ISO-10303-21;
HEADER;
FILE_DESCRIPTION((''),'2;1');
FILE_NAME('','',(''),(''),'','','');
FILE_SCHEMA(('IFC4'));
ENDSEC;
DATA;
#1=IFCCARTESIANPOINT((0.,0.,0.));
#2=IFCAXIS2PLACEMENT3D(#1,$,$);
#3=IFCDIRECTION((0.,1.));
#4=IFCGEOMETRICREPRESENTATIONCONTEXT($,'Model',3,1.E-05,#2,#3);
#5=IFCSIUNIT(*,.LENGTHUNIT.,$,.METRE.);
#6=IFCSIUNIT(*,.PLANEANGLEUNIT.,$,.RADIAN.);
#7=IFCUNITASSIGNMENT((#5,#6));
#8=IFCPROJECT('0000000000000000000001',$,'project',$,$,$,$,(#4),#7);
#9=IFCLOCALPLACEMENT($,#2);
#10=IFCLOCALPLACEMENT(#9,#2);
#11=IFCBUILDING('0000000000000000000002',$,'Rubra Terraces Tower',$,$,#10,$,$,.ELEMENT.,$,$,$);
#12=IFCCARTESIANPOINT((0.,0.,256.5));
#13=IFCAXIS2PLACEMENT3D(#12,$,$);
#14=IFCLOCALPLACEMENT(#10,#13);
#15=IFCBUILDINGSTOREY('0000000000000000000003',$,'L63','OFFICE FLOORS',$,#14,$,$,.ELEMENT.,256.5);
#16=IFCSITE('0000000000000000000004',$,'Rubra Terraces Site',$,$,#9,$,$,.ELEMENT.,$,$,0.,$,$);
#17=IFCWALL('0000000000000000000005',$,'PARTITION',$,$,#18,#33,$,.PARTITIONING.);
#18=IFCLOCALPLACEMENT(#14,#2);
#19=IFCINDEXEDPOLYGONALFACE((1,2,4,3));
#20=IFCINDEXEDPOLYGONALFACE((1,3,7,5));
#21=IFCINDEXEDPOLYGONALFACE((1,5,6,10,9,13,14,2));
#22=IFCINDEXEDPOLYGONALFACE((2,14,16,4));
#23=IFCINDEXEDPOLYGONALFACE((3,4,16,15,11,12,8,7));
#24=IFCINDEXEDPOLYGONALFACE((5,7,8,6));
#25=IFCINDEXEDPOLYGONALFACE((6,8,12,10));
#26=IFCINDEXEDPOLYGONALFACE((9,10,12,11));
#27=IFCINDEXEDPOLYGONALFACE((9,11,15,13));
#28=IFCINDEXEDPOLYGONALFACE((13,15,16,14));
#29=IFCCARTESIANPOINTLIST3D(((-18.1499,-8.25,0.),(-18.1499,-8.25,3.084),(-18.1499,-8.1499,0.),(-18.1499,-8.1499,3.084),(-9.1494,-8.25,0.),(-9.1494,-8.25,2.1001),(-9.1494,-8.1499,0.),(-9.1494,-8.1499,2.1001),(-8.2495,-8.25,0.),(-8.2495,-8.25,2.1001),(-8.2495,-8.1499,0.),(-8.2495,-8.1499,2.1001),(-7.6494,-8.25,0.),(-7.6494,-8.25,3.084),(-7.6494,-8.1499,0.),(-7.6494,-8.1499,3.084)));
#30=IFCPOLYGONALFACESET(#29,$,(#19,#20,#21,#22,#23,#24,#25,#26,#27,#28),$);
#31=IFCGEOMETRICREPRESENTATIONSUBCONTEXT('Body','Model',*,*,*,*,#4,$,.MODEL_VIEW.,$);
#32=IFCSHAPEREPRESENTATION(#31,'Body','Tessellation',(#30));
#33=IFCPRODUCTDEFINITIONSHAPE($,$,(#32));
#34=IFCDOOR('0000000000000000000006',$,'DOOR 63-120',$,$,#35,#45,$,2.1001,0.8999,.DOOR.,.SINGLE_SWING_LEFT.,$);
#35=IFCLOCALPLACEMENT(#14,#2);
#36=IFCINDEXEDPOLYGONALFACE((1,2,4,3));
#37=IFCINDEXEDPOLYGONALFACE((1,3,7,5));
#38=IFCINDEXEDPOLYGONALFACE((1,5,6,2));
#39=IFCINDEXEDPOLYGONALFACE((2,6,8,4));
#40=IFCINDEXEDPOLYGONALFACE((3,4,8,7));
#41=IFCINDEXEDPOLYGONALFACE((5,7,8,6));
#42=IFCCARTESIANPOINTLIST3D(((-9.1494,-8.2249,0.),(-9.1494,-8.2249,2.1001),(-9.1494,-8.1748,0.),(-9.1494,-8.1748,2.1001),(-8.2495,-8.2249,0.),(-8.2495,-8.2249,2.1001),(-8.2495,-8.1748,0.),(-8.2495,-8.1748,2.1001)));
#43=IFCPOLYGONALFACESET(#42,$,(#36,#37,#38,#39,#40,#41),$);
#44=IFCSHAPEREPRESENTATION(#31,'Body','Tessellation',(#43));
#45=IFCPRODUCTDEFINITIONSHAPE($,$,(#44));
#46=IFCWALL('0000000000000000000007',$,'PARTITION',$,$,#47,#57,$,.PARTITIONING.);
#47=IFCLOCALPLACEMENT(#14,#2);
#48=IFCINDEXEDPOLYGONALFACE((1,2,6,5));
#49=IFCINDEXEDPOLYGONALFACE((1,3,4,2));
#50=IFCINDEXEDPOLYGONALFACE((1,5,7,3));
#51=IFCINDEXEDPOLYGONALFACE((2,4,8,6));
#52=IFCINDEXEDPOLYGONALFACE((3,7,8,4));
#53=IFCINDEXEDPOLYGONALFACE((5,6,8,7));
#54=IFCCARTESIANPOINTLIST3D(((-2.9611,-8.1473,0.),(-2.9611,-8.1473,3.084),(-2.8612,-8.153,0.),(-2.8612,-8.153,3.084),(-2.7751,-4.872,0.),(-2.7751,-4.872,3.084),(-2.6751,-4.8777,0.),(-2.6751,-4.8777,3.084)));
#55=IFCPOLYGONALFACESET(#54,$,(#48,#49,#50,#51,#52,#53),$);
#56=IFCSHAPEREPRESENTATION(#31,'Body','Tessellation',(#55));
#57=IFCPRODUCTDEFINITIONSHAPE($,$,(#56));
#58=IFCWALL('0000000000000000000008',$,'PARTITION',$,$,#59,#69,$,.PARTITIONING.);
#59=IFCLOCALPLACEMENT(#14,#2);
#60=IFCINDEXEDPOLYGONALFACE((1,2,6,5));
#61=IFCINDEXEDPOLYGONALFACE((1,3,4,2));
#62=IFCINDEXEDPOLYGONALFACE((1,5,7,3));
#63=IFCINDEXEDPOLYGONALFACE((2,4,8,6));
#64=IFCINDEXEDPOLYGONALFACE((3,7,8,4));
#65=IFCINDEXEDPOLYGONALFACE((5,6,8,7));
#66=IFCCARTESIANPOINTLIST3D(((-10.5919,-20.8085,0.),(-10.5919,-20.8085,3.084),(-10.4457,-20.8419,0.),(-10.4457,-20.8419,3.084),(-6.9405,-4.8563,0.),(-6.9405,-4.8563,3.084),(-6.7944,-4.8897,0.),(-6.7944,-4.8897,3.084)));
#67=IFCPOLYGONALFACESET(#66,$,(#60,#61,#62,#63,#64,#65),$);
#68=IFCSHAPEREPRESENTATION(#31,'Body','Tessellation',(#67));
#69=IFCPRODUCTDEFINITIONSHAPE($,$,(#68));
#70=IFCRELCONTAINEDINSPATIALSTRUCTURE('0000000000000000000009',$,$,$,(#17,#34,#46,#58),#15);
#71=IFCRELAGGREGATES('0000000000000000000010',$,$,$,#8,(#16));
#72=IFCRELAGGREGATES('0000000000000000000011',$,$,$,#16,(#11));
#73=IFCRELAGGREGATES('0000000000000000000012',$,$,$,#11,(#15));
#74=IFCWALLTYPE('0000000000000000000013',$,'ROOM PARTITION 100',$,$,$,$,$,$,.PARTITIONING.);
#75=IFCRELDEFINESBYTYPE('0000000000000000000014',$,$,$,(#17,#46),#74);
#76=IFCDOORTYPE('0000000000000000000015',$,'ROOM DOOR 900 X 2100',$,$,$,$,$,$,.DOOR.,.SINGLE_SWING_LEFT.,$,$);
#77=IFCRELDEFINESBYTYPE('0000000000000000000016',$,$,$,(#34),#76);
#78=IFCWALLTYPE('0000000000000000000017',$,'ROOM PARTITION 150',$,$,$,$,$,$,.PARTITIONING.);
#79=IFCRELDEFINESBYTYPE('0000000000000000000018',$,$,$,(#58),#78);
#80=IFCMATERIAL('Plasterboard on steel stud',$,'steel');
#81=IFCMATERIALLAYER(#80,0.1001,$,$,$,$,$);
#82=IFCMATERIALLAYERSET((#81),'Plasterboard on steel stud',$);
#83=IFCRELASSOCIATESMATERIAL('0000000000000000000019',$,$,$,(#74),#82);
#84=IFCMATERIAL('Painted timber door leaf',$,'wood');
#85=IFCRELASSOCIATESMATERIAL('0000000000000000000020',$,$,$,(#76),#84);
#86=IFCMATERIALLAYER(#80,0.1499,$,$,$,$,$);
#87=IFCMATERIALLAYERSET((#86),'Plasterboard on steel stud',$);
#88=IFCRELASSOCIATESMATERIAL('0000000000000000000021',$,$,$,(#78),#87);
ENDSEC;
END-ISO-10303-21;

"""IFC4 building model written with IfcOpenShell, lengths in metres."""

from ifc_helpers import new_model, si_unit, direction, frame, frame_2d, origin, place, context, subcontext, project, spatial, rectangle, extrude, material, layer, layer_set, type_object, element, fill, save


model = new_model("IFC4")

# Units and contexts
model_context = context("Model", 3, precision=1e-05, world=origin(), true_north=direction((0.0, 1.0)))
body_context = subcontext(model_context, "Body", "Model", "MODEL_VIEW")
ifc_project = project(units=[si_unit("LENGTHUNIT", "METRE"), si_unit("PLANEANGLEUNIT", "RADIAN")], contexts=[model_context])

# Site, building, storey
site_placement = place(None, origin())
site = spatial("IfcSite", under=ifc_project, at=site_placement, Name="Rubra Terraces Site", CompositionType="ELEMENT", RefElevation=0.0)
building_placement = place(site_placement, origin())
building = spatial("IfcBuilding", under=site, at=building_placement, Name="Rubra Terraces Tower", CompositionType="ELEMENT")
storey_placement = place(building_placement, frame((0.0, 0.0, 256.5)))
storey = spatial("IfcBuildingStorey", under=building, at=storey_placement, Name="L63", Description="OFFICE FLOORS", CompositionType="ELEMENT", Elevation=256.5)

# Wall, opening, door
ifc_material_1 = material(Name="Plasterboard on steel stud", Category="steel")
ifc_layer_1 = layer(ifc_material_1, 0.1001)
ifc_layer_set_1 = layer_set([ifc_layer_1], Name="Plasterboard on steel stud")
wall_type_1 = type_object("IfcWallType", Name="ROOM PARTITION 100", PredefinedType="PARTITIONING", material=ifc_layer_set_1)
wall_1_placement = place(storey_placement, frame((-7.6494, -8.2, 0.0), z_axis=(0.0, 0.0, 1.0), x_axis=(-1.0, 0.0, 0.0)))
wall_1 = element("IfcWall", 1, at=wall_1_placement, inside=storey, type_object=wall_type_1, Name="PARTITION", PredefinedType="PARTITIONING", context=body_context, shape_type="SweptSolid", body=[
    extrude(rectangle(XDim=10.5005, YDim=0.1001, at=frame_2d((5.2502, 0.0))), origin(), (0.0, 0.0, 1.0), 3.084),
])
opening_1_placement = place(wall_1_placement, frame((0.6001, 0.0, 0.0)))
opening_1 = element("IfcOpeningElement", 2, at=opening_1_placement, cuts=wall_1, PredefinedType="OPENING", context=body_context, shape_type="SweptSolid", body=[
    extrude(rectangle(XDim=0.8999, YDim=2.1001, at=frame_2d((0.45, 1.05))), frame((0.0, 0.0601, 0.0), z_axis=(0.0, -1.0, 0.0), x_axis=(1.0, 0.0, 0.0)), (0.0, 0.0, 1.0), 0.1201),
])
ifc_material_2 = material(Name="Painted timber door leaf", Category="wood")
door_type = type_object("IfcDoorType", Name="ROOM DOOR 900 X 2100", OperationType="SINGLE_SWING_LEFT", PredefinedType="DOOR", material=ifc_material_2)
door_placement = place(opening_1_placement, origin())
door = element("IfcDoor", 3, at=door_placement, inside=storey, type_object=door_type, Name="DOOR 63-120", OperationType="SINGLE_SWING_LEFT", OverallHeight=2.1001, OverallWidth=0.8999, PredefinedType="DOOR", context=body_context, shape_type="SweptSolid", body=[
    extrude(rectangle(XDim=0.8999, YDim=2.1001, at=frame_2d((0.45, 1.05))), frame((0.0, 0.0249, 0.0), z_axis=(0.0, -1.0, 0.0), x_axis=(1.0, 0.0, 0.0)), (0.0, 0.0, 1.0), 0.05),
])
fill(opening_1, door)

# Walls
wall_2_placement = place(storey_placement, frame((-2.7251, -4.875, 0.0), z_axis=(0.0, 0.0, 1.0), x_axis=(-0.056711, -0.998391, 0.0)))
element("IfcWall", 4, at=wall_2_placement, inside=storey, type_object=wall_type_1, Name="PARTITION", PredefinedType="PARTITIONING", context=body_context, shape_type="SweptSolid", body=[
    extrude(rectangle(XDim=3.2805, YDim=0.1001, at=frame_2d((1.6401, 0.0))), origin(), (0.0, 0.0, 1.0), 3.084),
])
ifc_layer_2 = layer(ifc_material_1, 0.1499)
ifc_layer_set_2 = layer_set([ifc_layer_2], Name="Plasterboard on steel stud")
wall_type_2 = type_object("IfcWallType", Name="ROOM PARTITION 150", PredefinedType="PARTITIONING", material=ifc_layer_set_2)
wall_3_placement = place(storey_placement, frame((-10.5188, -20.8252, 0.0), z_axis=(0.0, 0.0, 1.0), x_axis=(0.223125, 0.97479, 0.0)))
element("IfcWall", 5, at=wall_3_placement, inside=storey, type_object=wall_type_2, Name="PARTITION", PredefinedType="PARTITIONING", context=body_context, shape_type="SweptSolid", body=[
    extrude(rectangle(XDim=16.3647, YDim=0.1499, at=frame_2d((8.1824, 0.0))), origin(), (0.0, 0.0, 1.0), 3.084),
])

save(model, "model.ifc")
